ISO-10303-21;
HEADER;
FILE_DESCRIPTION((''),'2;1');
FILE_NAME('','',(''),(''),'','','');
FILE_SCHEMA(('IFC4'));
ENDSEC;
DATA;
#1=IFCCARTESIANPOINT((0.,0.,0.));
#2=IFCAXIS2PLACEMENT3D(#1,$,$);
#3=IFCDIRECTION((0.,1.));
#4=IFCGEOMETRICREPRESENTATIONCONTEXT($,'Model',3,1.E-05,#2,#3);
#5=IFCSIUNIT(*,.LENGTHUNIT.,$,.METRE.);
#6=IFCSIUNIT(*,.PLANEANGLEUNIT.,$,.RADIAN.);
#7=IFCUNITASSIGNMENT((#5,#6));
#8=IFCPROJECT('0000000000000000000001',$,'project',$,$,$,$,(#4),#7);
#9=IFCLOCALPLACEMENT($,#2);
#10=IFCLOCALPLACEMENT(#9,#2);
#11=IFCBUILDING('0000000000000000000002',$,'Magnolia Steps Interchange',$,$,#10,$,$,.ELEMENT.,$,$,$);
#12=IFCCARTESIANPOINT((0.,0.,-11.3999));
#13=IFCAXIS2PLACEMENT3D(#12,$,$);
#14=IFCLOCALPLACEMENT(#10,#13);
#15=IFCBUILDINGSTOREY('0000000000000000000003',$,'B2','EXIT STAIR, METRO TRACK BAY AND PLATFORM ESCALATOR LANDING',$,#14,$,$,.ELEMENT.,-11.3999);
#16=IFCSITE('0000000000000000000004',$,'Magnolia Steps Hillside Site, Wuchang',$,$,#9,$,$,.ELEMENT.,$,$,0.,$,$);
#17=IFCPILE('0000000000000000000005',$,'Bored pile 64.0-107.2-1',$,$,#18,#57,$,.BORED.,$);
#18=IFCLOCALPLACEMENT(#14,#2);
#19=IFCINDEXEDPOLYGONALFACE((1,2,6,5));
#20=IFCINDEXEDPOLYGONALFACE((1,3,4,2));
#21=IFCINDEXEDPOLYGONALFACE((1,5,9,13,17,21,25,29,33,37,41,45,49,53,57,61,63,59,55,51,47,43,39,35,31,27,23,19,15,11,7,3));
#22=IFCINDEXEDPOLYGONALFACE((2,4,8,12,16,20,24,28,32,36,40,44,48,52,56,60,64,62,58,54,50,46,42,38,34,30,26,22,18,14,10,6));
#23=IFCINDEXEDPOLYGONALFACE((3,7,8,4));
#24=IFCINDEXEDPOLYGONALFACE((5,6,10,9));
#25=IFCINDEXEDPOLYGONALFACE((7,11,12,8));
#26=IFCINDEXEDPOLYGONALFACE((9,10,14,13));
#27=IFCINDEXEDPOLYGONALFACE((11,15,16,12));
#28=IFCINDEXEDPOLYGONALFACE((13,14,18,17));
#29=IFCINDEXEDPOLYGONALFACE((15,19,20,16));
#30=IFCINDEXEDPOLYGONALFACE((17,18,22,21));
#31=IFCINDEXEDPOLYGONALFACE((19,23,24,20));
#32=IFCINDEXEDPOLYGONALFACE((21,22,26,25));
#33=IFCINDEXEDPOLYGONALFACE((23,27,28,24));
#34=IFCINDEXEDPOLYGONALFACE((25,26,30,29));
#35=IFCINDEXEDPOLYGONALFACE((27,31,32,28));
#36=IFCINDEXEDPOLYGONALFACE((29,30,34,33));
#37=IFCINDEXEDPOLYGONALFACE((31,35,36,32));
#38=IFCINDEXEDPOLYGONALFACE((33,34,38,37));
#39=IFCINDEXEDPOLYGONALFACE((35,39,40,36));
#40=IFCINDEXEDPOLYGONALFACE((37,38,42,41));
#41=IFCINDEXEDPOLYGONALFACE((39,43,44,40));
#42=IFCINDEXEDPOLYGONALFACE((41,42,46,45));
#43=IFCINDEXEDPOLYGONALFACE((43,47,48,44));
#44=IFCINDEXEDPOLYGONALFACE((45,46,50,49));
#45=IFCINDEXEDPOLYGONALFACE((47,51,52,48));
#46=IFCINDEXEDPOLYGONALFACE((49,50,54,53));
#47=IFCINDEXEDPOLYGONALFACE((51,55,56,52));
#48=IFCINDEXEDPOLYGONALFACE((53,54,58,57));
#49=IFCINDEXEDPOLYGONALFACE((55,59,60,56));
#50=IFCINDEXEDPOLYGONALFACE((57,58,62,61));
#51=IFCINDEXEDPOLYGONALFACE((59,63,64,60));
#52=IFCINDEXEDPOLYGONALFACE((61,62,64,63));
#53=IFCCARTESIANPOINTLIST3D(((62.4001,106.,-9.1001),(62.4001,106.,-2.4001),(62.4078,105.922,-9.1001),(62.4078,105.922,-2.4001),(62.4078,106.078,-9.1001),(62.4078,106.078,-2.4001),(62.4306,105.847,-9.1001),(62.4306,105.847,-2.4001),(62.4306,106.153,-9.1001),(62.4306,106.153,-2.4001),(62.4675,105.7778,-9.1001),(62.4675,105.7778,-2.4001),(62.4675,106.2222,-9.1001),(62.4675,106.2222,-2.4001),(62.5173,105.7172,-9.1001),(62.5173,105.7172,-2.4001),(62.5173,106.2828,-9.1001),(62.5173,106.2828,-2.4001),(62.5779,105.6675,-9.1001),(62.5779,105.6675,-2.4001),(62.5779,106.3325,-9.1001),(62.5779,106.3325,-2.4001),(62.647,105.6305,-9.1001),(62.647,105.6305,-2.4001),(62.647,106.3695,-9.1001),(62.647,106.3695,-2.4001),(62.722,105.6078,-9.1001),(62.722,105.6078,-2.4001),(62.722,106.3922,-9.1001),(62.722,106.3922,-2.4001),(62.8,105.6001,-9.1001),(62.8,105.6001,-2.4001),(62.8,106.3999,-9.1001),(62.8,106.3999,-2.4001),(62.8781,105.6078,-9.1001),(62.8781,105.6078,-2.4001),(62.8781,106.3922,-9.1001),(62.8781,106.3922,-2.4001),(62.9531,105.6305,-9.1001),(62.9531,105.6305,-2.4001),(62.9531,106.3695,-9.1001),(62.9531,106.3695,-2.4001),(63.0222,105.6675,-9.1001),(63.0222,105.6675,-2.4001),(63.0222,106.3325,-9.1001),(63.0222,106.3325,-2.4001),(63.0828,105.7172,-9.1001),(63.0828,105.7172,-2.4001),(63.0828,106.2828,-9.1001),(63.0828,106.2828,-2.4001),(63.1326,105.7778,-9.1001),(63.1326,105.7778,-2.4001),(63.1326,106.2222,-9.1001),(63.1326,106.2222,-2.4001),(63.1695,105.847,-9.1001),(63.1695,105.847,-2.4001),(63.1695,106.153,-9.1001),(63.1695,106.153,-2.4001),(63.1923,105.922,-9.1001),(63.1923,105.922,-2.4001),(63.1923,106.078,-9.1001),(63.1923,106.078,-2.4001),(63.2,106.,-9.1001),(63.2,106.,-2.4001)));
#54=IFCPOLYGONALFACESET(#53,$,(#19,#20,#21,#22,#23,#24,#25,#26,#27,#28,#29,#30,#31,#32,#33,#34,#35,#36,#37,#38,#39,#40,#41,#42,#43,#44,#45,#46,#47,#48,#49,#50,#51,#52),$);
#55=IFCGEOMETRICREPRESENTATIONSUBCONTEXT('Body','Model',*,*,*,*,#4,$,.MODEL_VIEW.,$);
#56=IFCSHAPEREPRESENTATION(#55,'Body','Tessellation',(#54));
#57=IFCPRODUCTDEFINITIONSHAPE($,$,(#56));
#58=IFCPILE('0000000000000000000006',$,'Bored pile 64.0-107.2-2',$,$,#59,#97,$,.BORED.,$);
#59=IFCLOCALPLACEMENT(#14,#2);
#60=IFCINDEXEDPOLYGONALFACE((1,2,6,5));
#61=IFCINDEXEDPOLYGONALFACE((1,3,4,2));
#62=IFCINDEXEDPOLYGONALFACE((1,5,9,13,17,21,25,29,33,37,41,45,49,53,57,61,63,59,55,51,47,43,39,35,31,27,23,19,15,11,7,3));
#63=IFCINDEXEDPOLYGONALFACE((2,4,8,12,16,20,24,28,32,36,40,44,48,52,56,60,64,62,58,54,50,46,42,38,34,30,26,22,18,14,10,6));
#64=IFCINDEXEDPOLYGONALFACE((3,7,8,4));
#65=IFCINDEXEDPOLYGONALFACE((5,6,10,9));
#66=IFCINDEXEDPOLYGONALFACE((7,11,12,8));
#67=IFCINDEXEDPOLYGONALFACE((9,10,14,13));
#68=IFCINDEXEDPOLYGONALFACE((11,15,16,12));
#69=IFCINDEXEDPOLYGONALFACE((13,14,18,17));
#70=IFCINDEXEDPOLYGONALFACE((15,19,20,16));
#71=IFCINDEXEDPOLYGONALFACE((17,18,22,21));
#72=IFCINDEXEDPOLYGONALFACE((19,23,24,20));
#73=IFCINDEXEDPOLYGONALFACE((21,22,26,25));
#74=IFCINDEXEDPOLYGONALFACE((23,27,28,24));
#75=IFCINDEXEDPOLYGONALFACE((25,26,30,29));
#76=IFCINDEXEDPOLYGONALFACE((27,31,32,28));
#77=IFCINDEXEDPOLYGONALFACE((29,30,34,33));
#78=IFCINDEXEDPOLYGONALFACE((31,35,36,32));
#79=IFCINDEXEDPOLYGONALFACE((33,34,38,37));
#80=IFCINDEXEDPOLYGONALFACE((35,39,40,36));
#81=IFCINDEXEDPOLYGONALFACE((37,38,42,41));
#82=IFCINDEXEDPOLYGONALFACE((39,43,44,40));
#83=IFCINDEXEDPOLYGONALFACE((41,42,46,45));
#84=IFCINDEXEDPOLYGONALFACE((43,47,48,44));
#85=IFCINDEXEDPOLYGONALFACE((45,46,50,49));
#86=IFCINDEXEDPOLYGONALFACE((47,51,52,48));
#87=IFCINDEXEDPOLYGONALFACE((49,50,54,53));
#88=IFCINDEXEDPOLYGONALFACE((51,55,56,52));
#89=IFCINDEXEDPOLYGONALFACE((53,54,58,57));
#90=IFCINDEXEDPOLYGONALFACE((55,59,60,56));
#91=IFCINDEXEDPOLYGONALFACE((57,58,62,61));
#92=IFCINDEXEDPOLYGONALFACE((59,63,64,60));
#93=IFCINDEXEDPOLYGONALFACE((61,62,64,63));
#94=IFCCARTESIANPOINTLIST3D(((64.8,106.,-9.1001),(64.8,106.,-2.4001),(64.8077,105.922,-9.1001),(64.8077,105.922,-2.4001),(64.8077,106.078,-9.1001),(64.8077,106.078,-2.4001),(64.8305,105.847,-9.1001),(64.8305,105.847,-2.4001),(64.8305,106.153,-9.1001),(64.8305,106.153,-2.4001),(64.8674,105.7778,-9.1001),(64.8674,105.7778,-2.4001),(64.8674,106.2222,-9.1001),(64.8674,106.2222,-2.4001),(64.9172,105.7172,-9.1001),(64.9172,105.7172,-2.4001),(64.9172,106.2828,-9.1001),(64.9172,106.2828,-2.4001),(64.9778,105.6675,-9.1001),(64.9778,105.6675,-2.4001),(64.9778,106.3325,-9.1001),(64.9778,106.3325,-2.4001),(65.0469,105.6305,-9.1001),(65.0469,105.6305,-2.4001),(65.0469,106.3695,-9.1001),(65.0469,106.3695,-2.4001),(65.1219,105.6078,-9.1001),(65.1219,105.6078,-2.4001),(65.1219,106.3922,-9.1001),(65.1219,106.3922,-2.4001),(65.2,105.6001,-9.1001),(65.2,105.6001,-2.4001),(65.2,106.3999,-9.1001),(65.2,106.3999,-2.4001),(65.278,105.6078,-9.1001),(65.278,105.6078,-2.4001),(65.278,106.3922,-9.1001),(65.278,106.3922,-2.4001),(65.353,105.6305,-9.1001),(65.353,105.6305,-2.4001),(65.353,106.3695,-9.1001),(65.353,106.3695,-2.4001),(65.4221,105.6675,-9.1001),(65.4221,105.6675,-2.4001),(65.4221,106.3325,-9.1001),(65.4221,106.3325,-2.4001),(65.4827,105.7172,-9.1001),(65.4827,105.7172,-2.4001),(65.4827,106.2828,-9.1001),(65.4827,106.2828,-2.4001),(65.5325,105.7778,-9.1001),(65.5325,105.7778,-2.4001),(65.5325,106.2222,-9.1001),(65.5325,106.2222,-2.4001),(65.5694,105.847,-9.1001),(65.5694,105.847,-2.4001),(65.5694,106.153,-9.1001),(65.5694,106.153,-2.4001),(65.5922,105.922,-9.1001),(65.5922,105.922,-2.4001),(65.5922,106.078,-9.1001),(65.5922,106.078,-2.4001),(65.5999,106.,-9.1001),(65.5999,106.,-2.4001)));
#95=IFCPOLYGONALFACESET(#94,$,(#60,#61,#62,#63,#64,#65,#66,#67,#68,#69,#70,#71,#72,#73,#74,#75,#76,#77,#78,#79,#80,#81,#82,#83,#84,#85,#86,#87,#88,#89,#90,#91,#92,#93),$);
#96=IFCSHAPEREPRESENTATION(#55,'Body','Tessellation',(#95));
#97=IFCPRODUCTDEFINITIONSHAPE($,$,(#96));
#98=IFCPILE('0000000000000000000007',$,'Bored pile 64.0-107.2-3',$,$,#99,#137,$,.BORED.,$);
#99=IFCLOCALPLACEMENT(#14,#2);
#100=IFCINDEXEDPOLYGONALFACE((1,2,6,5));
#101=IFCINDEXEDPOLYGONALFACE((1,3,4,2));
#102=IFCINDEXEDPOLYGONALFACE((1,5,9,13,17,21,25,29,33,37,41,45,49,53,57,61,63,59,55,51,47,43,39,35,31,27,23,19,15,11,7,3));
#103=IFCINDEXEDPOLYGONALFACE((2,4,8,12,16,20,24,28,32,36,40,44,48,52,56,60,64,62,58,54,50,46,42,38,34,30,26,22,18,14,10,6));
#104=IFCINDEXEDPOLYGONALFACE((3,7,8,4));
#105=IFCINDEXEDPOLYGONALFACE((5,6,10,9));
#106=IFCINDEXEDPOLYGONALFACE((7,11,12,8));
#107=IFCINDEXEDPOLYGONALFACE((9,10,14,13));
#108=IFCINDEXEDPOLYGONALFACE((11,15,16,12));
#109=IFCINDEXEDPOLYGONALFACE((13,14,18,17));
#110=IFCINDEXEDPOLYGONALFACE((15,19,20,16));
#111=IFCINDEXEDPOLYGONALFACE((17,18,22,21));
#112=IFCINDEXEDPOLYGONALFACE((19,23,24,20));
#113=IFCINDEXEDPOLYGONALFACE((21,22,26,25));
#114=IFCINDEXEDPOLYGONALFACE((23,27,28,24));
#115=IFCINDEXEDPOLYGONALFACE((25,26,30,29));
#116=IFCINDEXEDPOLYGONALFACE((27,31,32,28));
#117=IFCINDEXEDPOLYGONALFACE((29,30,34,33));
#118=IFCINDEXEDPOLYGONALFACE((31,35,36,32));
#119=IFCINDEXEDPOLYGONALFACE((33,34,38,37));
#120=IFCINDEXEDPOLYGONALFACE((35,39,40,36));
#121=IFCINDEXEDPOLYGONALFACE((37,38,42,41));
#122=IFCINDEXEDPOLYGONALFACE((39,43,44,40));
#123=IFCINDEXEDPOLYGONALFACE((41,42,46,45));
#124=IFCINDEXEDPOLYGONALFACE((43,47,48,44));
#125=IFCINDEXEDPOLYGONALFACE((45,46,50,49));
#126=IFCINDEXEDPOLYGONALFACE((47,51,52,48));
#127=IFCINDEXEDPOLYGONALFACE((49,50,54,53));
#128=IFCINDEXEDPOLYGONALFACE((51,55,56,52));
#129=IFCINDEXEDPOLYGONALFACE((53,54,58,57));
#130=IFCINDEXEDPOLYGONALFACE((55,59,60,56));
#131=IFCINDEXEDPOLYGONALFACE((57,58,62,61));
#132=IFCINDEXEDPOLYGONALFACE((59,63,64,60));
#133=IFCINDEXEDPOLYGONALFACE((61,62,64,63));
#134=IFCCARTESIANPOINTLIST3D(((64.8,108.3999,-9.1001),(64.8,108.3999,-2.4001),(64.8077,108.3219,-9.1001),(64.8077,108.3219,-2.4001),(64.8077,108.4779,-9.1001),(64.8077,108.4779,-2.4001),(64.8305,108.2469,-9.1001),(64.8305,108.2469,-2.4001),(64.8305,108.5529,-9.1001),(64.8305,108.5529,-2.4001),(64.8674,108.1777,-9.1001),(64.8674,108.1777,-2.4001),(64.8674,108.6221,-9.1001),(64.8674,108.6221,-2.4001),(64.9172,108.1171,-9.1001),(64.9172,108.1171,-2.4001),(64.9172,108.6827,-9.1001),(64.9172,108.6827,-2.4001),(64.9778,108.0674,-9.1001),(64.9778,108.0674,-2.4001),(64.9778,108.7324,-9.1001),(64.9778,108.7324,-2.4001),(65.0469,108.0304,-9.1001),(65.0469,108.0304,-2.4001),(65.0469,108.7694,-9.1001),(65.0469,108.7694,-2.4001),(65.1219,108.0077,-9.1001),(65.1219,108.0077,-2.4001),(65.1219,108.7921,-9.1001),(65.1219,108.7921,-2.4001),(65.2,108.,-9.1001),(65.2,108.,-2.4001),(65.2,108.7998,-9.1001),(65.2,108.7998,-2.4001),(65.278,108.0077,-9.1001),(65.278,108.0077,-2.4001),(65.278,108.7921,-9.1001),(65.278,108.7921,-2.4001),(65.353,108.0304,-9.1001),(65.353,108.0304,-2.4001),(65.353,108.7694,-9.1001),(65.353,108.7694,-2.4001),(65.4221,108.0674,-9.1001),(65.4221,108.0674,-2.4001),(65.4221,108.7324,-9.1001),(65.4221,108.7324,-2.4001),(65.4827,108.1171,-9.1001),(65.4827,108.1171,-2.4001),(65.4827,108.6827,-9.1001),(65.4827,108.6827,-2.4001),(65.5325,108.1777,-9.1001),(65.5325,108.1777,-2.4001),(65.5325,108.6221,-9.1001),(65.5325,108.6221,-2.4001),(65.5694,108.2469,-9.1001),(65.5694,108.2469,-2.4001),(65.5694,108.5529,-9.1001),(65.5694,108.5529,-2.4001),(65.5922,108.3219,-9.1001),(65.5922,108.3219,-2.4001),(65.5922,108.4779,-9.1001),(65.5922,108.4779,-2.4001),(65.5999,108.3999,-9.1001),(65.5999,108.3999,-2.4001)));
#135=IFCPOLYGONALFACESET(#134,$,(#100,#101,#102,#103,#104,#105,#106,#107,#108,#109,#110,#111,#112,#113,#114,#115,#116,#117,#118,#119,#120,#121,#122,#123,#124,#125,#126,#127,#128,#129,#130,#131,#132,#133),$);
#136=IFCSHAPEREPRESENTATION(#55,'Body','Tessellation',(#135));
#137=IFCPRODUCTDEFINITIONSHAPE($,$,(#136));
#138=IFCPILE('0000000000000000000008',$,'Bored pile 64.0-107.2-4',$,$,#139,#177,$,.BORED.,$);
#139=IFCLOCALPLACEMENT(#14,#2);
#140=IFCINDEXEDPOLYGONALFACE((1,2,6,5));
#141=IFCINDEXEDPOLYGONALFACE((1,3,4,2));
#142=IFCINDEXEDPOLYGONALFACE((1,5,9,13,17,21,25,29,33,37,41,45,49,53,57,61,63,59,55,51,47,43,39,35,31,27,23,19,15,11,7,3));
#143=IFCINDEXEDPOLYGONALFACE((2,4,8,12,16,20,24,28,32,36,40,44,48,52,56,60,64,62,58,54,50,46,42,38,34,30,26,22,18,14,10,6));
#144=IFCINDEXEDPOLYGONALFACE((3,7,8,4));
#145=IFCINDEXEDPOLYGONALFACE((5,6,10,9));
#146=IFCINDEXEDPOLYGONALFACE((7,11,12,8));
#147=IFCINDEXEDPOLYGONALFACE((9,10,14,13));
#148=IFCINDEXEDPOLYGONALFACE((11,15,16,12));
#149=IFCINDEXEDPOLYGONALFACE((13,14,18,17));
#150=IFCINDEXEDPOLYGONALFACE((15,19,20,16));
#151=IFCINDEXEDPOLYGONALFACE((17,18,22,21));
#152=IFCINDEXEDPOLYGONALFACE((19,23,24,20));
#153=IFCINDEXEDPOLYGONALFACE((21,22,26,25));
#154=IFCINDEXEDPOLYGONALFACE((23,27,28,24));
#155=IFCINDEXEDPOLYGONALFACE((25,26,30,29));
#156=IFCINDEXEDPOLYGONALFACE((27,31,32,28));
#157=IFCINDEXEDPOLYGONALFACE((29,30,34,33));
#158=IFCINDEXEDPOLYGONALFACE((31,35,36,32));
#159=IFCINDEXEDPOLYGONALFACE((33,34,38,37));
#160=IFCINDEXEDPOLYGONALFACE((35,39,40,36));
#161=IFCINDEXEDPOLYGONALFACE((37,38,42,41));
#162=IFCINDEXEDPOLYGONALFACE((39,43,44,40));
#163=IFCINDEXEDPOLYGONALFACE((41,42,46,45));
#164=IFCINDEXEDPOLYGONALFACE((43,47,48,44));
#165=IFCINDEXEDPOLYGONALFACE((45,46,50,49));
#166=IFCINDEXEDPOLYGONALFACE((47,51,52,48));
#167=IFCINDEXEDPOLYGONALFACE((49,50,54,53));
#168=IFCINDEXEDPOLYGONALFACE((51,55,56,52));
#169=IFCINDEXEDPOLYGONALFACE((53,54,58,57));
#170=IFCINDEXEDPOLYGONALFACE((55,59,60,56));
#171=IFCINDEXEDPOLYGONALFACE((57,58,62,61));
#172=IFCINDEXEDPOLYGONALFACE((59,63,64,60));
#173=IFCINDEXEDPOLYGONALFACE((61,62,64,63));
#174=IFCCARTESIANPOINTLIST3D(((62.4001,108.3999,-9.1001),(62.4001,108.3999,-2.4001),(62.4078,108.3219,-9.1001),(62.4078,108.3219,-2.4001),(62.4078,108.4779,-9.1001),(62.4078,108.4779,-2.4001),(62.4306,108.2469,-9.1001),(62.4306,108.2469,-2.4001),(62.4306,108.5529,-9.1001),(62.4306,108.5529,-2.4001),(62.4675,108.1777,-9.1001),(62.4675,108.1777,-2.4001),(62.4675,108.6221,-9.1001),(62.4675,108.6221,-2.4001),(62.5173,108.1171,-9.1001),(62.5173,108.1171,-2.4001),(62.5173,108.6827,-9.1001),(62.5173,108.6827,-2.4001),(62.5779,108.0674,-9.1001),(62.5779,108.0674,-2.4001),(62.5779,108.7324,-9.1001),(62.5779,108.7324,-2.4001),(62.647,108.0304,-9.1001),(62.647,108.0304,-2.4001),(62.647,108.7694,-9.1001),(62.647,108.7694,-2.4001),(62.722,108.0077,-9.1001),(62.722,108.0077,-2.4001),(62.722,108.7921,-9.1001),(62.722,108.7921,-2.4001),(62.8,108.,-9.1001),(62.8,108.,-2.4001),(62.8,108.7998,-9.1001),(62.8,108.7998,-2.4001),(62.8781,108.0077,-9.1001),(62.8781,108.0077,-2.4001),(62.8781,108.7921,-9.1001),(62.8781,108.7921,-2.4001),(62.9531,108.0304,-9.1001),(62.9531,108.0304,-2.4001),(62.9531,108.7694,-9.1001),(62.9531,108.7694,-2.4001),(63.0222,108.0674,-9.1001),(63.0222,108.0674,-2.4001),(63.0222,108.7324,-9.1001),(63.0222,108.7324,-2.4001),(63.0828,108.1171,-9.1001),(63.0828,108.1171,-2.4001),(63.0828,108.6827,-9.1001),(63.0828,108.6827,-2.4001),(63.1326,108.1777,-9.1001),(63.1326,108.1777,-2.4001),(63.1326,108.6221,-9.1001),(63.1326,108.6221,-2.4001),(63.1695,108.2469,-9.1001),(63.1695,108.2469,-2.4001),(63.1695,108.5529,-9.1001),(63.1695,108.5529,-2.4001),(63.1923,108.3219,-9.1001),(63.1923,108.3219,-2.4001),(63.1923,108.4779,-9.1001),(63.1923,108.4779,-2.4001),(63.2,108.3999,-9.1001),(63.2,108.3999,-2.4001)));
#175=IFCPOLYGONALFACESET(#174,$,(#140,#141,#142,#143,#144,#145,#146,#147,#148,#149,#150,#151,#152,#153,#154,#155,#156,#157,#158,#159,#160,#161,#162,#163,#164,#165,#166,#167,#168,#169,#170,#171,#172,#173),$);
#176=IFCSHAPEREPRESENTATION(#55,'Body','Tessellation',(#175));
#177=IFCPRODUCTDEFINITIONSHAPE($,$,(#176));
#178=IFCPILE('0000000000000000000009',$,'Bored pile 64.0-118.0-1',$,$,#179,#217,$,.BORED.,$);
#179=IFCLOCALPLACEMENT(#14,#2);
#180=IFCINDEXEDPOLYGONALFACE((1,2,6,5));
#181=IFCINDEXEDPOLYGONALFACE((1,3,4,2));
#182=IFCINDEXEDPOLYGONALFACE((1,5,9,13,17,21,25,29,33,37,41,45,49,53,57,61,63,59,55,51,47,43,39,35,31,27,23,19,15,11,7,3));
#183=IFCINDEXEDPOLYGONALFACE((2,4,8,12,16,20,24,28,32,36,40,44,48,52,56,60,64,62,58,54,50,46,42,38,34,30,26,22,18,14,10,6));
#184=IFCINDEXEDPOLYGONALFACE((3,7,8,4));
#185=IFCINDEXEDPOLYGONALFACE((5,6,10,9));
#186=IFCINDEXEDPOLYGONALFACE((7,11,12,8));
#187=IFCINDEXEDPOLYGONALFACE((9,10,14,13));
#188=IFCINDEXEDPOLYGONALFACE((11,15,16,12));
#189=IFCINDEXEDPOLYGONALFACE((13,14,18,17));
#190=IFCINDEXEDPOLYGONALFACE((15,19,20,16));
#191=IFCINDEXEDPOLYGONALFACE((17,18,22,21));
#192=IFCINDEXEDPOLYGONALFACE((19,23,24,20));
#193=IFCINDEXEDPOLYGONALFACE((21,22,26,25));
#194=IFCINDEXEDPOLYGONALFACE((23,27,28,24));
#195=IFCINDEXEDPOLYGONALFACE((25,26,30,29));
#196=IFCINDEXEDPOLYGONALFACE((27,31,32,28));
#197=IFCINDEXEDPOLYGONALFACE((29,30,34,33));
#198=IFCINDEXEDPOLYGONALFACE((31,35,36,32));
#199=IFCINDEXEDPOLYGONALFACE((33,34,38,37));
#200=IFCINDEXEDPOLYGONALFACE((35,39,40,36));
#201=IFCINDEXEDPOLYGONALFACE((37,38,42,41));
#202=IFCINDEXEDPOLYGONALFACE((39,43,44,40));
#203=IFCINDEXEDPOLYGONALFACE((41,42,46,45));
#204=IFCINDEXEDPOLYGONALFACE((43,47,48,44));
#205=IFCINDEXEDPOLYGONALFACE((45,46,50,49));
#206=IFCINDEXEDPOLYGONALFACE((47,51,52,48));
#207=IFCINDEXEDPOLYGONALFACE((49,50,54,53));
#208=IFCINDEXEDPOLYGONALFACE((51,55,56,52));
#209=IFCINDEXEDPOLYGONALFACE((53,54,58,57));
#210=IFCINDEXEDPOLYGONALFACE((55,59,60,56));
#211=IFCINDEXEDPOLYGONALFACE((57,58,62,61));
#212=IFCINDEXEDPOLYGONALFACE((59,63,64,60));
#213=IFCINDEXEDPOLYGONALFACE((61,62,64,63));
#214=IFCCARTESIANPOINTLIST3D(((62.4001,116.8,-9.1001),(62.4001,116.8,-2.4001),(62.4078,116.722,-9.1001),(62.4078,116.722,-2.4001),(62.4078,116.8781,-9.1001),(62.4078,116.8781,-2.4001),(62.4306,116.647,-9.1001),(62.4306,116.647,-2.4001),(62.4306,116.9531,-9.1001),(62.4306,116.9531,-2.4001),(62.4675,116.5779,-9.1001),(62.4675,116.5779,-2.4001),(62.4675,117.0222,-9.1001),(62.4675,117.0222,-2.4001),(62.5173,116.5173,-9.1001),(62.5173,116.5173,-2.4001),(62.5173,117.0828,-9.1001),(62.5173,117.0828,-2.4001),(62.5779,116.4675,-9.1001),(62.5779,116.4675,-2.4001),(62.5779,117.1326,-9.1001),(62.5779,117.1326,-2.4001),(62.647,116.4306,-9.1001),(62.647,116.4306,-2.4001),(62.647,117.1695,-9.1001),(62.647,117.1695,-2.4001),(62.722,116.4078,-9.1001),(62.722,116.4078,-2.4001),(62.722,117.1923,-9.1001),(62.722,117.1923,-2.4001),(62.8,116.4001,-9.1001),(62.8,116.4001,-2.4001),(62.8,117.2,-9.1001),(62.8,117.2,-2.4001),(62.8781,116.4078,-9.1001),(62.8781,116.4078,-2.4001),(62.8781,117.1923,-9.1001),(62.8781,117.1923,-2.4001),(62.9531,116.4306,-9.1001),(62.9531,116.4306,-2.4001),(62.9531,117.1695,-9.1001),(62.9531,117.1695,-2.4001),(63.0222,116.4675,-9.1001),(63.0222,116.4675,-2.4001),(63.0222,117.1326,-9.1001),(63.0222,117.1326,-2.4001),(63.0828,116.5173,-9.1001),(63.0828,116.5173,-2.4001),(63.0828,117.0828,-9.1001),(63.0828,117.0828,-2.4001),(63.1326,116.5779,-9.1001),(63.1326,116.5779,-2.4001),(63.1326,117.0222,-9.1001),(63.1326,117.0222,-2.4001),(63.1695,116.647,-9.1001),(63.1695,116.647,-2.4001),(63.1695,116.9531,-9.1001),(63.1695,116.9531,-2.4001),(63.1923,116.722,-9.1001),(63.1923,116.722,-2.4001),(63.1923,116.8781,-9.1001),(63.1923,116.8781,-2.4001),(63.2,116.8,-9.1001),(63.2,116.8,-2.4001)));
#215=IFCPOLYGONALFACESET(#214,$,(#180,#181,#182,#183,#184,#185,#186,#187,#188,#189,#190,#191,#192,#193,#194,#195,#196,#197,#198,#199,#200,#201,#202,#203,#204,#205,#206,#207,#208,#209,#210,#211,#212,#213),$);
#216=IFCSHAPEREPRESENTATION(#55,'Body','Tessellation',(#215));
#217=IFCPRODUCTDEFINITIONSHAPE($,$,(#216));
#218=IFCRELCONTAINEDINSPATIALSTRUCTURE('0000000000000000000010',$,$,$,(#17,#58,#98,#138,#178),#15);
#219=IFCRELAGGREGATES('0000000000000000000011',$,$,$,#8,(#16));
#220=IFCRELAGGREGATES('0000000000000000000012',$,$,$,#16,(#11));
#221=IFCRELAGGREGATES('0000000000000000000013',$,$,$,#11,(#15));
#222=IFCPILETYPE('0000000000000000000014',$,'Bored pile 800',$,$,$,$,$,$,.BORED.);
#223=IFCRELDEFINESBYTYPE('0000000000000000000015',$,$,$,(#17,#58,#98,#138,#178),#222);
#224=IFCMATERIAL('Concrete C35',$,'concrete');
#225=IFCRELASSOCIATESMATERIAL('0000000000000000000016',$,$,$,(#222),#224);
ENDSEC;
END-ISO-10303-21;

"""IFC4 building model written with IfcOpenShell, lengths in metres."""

from ifc_helpers import new_model, si_unit, direction, frame, origin, origin_2d, place, context, subcontext, project, spatial, circle, extrude, material, material_profile, profile_set, type_object, element, save


model = new_model("IFC4")

# Units and contexts
model_context = context("Model", 3, precision=1e-05, world=origin(), true_north=direction((0.0, 1.0)))
body_context = subcontext(model_context, "Body", "Model", "MODEL_VIEW")
ifc_project = project(units=[si_unit("LENGTHUNIT", "METRE"), si_unit("PLANEANGLEUNIT", "RADIAN")], contexts=[model_context])

# Site, building, storey
site_placement = place(None, origin())
site = spatial("IfcSite", under=ifc_project, at=site_placement, Name="Magnolia Steps Hillside Site, Wuchang", CompositionType="ELEMENT", RefElevation=0.0)
building_placement = place(site_placement, origin())
building = spatial("IfcBuilding", under=site, at=building_placement, Name="Magnolia Steps Interchange", CompositionType="ELEMENT")
storey_placement = place(building_placement, frame((0.0, 0.0, -11.3999)))
storey = spatial("IfcBuildingStorey", under=building, at=storey_placement, Name="B2", Description="EXIT STAIR, METRO TRACK BAY AND PLATFORM ESCALATOR LANDING", CompositionType="ELEMENT", Elevation=-11.3999)

# Piles
ifc_material_1 = material(Name="Concrete C35", Category="concrete")
ifc_material_profile_1 = material_profile(ifc_material_1, circle(Radius=0.3999, at=origin_2d()), Name="Bored pile 800")
ifc_profile_set_1 = profile_set([ifc_material_profile_1], Name="Concrete C35")
pile_type_1 = type_object("IfcPileType", Name="Bored pile 800", PredefinedType="BORED", material=ifc_profile_set_1)
for number, where, z_axis, x_axis, name in (
    (1, (62.8, 106.0, -2.4001), (0.0, 0.0, -1.0), (1.0, 0.0, 0.0), "Bored pile 64.0-107.2-1"),
    (2, (65.2, 106.0, -2.4001), (0.0, 0.0, -1.0), (1.0, 0.0, 0.0), "Bored pile 64.0-107.2-2"),
    (3, (65.2, 108.3999, -2.4001), (0.0, 0.0, -1.0), (1.0, 0.0, 0.0), "Bored pile 64.0-107.2-3"),
    (4, (62.8, 108.3999, -2.4001), (0.0, 0.0, -1.0), (1.0, 0.0, 0.0), "Bored pile 64.0-107.2-4"),
    (5, (62.8, 116.8, -2.4001), (0.0, 0.0, -1.0), (1.0, 0.0, 0.0), "Bored pile 64.0-118.0-1"),
):
    element("IfcPile", number, at=place(storey_placement, frame(where, z_axis=z_axis, x_axis=x_axis)), inside=storey, type_object=pile_type_1, Name=name, PredefinedType="BORED", context=body_context, shape_type="SweptSolid", body=[
        extrude(circle(Radius=0.3999, at=origin_2d()), origin(), (0.0, 0.0, 1.0), 6.7),
    ])

save(model, "model.ifc")
